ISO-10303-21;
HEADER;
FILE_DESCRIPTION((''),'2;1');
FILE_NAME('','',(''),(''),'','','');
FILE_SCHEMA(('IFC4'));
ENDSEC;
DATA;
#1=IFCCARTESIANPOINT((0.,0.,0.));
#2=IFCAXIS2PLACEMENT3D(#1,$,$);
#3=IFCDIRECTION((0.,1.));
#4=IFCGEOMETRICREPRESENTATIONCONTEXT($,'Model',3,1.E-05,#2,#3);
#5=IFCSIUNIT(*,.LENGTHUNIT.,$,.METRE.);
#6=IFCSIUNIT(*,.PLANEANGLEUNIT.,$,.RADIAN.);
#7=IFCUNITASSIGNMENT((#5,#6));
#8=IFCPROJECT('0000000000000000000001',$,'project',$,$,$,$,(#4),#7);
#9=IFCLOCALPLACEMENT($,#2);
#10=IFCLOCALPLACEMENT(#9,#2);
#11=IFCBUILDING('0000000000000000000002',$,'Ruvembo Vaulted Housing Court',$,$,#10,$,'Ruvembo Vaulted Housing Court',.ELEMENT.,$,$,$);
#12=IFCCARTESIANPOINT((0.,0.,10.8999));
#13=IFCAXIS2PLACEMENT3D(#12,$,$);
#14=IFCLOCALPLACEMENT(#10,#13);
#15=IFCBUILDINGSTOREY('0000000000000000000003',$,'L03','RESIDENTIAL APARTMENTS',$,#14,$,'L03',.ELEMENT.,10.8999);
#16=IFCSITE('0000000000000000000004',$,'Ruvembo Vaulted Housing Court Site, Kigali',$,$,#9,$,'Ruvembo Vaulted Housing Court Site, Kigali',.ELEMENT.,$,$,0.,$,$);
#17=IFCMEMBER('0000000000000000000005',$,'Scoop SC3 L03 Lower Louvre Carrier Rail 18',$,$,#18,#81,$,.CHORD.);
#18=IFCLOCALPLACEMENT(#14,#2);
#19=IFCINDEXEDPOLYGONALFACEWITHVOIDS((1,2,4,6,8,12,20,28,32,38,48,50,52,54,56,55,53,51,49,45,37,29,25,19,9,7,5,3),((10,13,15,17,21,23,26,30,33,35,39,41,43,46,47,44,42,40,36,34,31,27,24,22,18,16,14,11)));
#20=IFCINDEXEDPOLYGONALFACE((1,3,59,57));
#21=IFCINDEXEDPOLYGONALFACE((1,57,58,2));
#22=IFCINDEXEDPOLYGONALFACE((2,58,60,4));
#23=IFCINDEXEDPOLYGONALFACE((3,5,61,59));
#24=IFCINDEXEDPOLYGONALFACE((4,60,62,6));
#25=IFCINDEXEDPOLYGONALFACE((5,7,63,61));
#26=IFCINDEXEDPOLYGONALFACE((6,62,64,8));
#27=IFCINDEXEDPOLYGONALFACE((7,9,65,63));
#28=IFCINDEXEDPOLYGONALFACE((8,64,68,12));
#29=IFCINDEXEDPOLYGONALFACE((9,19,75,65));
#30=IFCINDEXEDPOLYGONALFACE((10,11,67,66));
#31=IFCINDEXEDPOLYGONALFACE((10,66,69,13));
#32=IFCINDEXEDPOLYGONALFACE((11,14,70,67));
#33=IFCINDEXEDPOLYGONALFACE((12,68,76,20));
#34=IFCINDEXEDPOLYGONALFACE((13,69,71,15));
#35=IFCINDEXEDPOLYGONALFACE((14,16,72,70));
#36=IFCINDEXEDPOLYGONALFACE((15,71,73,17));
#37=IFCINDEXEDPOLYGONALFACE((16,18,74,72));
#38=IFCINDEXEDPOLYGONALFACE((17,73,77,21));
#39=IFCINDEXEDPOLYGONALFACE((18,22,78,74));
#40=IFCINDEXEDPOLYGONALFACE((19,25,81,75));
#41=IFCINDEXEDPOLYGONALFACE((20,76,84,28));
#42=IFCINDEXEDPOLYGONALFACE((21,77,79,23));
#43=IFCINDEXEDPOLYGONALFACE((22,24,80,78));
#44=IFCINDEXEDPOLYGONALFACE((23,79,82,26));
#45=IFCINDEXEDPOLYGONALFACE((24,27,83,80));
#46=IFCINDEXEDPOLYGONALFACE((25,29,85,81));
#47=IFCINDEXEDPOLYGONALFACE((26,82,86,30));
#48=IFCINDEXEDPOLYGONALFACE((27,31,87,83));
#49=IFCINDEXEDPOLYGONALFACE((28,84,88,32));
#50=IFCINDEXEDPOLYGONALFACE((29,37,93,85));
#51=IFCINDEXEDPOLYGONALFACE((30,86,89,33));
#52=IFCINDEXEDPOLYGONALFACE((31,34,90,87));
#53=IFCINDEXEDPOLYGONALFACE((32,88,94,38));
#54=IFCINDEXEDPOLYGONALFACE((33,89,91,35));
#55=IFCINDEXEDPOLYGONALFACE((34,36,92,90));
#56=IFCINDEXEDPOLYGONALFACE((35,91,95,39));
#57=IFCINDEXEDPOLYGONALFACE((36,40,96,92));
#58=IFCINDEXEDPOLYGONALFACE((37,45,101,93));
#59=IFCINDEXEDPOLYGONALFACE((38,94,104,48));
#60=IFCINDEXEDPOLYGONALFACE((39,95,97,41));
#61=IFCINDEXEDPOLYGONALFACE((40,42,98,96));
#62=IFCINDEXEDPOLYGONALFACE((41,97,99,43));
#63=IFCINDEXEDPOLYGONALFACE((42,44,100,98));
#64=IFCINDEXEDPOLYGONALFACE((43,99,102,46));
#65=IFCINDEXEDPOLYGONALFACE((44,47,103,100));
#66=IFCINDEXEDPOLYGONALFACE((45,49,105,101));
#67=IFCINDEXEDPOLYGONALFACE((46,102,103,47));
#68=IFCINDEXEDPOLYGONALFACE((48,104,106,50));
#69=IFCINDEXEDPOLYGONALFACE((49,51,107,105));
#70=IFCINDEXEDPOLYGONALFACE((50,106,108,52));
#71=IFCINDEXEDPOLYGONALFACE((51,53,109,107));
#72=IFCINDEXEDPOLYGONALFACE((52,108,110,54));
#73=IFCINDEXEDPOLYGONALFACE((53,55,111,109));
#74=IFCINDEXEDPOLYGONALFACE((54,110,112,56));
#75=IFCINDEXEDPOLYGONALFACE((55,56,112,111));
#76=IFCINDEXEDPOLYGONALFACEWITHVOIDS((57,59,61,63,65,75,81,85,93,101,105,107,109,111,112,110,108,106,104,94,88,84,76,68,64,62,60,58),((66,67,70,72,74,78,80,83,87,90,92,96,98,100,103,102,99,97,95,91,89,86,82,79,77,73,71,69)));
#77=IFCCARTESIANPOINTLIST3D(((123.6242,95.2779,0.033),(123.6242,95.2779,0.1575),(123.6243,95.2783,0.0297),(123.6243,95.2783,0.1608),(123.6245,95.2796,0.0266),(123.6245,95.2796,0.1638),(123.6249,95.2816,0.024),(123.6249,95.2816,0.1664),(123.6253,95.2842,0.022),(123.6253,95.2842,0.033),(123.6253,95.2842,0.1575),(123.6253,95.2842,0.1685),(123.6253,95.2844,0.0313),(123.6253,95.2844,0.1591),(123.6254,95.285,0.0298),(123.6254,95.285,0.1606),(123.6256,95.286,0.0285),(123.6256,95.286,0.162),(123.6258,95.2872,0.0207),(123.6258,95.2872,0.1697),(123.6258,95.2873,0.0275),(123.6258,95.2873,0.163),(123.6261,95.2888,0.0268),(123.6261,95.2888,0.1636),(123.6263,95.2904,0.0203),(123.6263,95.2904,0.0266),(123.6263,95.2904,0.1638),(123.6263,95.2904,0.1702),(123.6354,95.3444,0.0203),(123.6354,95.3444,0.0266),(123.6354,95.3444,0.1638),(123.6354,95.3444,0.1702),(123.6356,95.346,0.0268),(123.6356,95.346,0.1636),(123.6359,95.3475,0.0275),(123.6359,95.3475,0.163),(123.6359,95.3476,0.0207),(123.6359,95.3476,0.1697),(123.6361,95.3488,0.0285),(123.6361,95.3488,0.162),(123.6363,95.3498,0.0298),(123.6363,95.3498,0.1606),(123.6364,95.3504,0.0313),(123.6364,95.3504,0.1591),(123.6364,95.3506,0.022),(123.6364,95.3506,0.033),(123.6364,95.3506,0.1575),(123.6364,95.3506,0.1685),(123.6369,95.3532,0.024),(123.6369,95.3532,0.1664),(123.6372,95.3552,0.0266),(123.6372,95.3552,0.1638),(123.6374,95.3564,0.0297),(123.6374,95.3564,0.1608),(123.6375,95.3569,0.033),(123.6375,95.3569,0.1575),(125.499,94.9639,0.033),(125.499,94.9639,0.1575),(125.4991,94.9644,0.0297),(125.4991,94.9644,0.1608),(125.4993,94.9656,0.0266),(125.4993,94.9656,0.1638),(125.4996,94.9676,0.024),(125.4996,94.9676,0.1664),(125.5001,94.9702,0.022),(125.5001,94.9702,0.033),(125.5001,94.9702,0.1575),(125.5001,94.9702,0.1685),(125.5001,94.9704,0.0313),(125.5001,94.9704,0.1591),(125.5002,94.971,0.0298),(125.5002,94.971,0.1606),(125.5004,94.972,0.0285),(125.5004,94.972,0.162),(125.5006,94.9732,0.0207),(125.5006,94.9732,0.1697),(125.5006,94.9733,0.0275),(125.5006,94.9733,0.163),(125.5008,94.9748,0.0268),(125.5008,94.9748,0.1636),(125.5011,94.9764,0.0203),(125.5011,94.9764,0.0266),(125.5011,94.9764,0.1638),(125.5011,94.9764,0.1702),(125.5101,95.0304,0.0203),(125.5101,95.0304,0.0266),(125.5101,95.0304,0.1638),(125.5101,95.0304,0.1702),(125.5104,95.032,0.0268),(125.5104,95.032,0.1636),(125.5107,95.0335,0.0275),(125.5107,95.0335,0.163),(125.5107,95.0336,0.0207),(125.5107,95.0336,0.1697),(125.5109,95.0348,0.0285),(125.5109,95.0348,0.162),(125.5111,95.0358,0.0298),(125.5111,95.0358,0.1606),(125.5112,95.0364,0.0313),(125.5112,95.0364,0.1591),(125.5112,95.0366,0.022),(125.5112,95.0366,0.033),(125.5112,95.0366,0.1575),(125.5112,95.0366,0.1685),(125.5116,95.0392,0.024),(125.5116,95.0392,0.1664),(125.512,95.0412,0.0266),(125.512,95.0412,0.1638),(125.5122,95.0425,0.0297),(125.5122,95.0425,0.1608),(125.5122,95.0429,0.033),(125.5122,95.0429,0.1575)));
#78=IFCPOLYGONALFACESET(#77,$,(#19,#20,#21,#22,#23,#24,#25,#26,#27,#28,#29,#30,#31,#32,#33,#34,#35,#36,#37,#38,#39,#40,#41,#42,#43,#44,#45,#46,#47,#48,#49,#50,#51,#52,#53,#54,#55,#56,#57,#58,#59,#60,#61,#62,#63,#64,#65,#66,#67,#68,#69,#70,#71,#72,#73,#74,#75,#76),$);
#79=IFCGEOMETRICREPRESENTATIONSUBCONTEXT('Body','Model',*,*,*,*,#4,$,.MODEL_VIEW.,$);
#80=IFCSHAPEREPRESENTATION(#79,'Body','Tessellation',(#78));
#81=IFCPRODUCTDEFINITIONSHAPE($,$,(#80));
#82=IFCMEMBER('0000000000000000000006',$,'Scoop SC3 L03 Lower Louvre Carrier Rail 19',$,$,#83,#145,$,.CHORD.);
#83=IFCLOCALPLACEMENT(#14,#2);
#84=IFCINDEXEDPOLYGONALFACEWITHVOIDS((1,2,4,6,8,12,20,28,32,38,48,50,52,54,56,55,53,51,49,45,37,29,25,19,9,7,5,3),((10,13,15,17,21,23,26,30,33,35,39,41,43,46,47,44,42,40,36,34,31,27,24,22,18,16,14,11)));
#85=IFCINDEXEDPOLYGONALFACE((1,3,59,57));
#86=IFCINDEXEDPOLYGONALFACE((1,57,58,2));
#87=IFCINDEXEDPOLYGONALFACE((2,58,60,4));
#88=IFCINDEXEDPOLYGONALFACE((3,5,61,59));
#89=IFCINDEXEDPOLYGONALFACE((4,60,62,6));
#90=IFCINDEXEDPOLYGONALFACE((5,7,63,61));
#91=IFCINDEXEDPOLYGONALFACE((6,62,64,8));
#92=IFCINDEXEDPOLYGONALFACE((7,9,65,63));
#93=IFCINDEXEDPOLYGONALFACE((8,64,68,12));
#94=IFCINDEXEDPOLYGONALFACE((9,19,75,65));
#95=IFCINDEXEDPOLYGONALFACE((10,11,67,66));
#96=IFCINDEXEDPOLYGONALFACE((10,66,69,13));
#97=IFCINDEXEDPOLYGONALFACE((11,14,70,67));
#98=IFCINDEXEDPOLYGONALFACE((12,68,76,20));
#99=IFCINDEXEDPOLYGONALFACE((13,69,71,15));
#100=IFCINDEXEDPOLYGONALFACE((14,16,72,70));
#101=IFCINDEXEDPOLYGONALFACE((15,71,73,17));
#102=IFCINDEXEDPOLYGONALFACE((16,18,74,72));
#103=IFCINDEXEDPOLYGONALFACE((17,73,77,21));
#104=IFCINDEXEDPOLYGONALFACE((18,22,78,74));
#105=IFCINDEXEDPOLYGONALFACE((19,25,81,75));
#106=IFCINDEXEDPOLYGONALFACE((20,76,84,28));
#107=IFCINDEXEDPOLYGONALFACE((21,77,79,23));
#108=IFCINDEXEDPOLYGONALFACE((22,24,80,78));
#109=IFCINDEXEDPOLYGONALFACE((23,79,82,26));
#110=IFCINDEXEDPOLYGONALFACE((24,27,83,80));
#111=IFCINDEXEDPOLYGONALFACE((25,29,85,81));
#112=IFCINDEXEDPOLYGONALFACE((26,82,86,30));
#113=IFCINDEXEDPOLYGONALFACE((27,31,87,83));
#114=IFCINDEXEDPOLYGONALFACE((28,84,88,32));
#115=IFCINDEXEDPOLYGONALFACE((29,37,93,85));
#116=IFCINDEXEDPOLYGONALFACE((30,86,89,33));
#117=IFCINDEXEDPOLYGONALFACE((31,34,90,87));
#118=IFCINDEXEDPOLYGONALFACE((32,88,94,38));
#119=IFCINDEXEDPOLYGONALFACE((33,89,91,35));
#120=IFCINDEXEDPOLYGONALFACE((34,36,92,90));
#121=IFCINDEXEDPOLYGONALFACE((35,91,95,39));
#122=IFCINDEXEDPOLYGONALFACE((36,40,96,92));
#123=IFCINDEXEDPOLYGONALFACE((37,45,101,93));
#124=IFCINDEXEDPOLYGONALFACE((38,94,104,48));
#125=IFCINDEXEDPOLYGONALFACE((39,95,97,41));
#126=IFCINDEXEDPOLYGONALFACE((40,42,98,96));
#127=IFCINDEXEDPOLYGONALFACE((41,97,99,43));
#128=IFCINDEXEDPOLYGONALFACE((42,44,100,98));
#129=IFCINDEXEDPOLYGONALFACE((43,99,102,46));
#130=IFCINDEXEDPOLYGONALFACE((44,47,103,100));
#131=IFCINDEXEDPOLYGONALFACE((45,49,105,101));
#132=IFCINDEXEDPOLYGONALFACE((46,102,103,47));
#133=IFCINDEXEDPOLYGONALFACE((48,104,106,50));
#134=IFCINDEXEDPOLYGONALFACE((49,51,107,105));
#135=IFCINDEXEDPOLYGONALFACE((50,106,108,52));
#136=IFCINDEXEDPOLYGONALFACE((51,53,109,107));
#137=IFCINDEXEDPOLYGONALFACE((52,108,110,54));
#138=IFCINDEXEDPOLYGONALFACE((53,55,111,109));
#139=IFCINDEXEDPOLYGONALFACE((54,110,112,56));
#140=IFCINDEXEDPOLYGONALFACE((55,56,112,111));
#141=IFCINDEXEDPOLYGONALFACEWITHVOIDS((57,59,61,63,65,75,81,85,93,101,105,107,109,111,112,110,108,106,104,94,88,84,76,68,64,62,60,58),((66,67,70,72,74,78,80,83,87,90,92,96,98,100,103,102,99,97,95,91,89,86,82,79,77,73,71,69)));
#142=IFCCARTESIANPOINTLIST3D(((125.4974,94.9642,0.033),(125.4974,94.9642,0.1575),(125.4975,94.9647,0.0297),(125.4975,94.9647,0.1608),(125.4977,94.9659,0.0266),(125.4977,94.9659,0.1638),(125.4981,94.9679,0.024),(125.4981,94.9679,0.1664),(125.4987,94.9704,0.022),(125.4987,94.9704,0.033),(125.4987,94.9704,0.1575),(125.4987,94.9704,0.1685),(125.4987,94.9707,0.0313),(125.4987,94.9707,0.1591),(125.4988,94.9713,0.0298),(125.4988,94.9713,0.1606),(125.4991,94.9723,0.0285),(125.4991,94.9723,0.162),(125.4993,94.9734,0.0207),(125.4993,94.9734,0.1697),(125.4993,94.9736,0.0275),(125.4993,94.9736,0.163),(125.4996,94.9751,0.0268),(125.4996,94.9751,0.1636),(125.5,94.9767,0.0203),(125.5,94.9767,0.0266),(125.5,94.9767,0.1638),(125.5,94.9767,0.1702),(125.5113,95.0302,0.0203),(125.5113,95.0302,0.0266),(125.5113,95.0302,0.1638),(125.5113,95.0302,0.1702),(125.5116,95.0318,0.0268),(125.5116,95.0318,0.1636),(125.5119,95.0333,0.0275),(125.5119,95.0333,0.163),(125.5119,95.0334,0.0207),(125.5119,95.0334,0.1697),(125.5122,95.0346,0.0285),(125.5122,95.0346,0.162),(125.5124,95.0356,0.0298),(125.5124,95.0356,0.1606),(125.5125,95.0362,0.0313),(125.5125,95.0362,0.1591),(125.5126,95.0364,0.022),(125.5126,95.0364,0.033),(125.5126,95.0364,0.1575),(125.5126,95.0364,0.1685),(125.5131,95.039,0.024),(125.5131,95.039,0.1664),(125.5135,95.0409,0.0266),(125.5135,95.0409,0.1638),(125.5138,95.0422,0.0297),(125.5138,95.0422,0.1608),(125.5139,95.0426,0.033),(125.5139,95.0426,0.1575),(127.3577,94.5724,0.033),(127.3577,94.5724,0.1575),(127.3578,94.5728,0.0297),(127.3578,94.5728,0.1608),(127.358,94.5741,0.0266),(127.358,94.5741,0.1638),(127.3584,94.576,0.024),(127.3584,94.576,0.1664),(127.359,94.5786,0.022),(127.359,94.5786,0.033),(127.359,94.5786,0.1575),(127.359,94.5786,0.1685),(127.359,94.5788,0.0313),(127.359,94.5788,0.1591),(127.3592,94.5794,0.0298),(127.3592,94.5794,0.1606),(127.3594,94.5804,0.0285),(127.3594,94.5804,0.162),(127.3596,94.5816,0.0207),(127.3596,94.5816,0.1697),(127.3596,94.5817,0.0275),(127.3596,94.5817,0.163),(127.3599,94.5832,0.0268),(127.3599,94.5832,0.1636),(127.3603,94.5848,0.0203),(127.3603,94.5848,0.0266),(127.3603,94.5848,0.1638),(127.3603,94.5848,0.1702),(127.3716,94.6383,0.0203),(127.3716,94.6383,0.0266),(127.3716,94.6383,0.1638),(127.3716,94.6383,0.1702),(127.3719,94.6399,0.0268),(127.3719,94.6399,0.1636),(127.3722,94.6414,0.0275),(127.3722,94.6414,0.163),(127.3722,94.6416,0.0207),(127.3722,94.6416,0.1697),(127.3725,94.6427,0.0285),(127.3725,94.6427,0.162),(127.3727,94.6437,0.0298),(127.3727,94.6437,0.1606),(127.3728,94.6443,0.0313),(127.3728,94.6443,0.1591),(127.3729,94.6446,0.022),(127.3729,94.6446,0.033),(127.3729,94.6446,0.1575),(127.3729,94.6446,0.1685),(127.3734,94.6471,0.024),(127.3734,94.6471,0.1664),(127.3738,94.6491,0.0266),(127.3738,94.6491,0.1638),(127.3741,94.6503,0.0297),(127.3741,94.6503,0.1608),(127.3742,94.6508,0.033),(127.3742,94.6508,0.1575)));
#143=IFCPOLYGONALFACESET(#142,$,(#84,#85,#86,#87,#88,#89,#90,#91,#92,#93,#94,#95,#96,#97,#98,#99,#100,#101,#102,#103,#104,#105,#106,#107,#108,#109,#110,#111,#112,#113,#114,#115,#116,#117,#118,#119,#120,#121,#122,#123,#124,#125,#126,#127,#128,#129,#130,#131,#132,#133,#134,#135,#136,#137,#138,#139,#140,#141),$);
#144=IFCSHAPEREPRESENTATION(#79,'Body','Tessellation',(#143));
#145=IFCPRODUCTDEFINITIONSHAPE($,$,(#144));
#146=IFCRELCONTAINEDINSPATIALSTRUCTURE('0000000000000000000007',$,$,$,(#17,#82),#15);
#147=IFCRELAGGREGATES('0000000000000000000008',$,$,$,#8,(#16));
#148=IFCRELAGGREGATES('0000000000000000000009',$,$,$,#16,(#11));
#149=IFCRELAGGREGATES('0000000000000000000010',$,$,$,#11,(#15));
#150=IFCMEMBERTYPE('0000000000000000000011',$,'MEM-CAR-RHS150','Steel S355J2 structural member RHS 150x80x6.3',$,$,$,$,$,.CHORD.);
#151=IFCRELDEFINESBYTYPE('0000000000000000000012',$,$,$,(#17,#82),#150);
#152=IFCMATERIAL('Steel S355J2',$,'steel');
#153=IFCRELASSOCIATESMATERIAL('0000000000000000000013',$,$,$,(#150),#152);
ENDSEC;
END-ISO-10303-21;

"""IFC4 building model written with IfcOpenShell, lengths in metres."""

from ifc_helpers import new_model, si_unit, direction, frame, origin, origin_2d, place, context, subcontext, project, spatial, hollow_rectangle, extrude, material, material_profile, profile_set, type_object, element, save


model = new_model("IFC4")

# Units and contexts
model_context = context("Model", 3, precision=1e-05, world=origin(), true_north=direction((0.0, 1.0)))
body_context = subcontext(model_context, "Body", "Model", "MODEL_VIEW")
ifc_project = project(units=[si_unit("LENGTHUNIT", "METRE"), si_unit("PLANEANGLEUNIT", "RADIAN")], contexts=[model_context])

# Site, building, storey
site_placement = place(None, origin())
site = spatial("IfcSite", under=ifc_project, at=site_placement, Name="Ruvembo Vaulted Housing Court Site, Kigali", LongName="Ruvembo Vaulted Housing Court Site, Kigali", CompositionType="ELEMENT", RefElevation=0.0)
building_placement = place(site_placement, origin())
building = spatial("IfcBuilding", under=site, at=building_placement, Name="Ruvembo Vaulted Housing Court", LongName="Ruvembo Vaulted Housing Court", CompositionType="ELEMENT")
storey_placement = place(building_placement, frame((0.0, 0.0, 10.8999)))
storey = spatial("IfcBuildingStorey", under=building, at=storey_placement, Name="L03", Description="RESIDENTIAL APARTMENTS", LongName="L03", CompositionType="ELEMENT", Elevation=10.8999)

# Shared definitions
ifc_material_1 = material(Name="Steel S355J2", Category="steel")

# Members
ifc_material_profile_1 = material_profile(ifc_material_1, hollow_rectangle(XDim=0.0801, YDim=0.1499, WallThickness=0.0063, InnerFilletRadius=0.0063, OuterFilletRadius=0.0127, at=origin_2d()), Name="RHS 150x80x6.3")
ifc_profile_set_1 = profile_set([ifc_material_profile_1], Name="Steel S355J2")
member_type_1 = type_object("IfcMemberType", Name="MEM-CAR-RHS150", Description="Steel S355J2 structural member RHS 150x80x6.3", PredefinedType="CHORD", material=ifc_profile_set_1)
member_1_placement = place(storey_placement, frame((123.6309, 95.3174, 0.0952), z_axis=(0.986265, -0.16517, 0.0), x_axis=(0.16517, 0.986265, 0.0)))
element("IfcMember", 1, at=member_1_placement, inside=storey, type_object=member_type_1, Name="Scoop SC3 L03 Lower Louvre Carrier Rail 18", PredefinedType="CHORD", context=body_context, shape_type="SweptSolid", body=[
    extrude(hollow_rectangle(XDim=0.0801, YDim=0.1499, WallThickness=0.0063, InnerFilletRadius=0.0063, OuterFilletRadius=0.0127, at=origin_2d()), origin(), (0.0, 0.0, 1.0), 1.9009),
])
member_2_placement = place(storey_placement, frame((125.5056, 95.0034, 0.0952), z_axis=(0.978529, -0.206108, 0.0), x_axis=(0.206108, 0.978529, 0.0)))
element("IfcMember", 2, at=member_2_placement, inside=storey, type_object=member_type_1, Name="Scoop SC3 L03 Lower Louvre Carrier Rail 19", PredefinedType="CHORD", context=body_context, shape_type="SweptSolid", body=[
    extrude(hollow_rectangle(XDim=0.0801, YDim=0.1499, WallThickness=0.0063, InnerFilletRadius=0.0063, OuterFilletRadius=0.0127, at=origin_2d()), origin(), (0.0, 0.0, 1.0), 1.9011),
])

save(model, "model.ifc")
